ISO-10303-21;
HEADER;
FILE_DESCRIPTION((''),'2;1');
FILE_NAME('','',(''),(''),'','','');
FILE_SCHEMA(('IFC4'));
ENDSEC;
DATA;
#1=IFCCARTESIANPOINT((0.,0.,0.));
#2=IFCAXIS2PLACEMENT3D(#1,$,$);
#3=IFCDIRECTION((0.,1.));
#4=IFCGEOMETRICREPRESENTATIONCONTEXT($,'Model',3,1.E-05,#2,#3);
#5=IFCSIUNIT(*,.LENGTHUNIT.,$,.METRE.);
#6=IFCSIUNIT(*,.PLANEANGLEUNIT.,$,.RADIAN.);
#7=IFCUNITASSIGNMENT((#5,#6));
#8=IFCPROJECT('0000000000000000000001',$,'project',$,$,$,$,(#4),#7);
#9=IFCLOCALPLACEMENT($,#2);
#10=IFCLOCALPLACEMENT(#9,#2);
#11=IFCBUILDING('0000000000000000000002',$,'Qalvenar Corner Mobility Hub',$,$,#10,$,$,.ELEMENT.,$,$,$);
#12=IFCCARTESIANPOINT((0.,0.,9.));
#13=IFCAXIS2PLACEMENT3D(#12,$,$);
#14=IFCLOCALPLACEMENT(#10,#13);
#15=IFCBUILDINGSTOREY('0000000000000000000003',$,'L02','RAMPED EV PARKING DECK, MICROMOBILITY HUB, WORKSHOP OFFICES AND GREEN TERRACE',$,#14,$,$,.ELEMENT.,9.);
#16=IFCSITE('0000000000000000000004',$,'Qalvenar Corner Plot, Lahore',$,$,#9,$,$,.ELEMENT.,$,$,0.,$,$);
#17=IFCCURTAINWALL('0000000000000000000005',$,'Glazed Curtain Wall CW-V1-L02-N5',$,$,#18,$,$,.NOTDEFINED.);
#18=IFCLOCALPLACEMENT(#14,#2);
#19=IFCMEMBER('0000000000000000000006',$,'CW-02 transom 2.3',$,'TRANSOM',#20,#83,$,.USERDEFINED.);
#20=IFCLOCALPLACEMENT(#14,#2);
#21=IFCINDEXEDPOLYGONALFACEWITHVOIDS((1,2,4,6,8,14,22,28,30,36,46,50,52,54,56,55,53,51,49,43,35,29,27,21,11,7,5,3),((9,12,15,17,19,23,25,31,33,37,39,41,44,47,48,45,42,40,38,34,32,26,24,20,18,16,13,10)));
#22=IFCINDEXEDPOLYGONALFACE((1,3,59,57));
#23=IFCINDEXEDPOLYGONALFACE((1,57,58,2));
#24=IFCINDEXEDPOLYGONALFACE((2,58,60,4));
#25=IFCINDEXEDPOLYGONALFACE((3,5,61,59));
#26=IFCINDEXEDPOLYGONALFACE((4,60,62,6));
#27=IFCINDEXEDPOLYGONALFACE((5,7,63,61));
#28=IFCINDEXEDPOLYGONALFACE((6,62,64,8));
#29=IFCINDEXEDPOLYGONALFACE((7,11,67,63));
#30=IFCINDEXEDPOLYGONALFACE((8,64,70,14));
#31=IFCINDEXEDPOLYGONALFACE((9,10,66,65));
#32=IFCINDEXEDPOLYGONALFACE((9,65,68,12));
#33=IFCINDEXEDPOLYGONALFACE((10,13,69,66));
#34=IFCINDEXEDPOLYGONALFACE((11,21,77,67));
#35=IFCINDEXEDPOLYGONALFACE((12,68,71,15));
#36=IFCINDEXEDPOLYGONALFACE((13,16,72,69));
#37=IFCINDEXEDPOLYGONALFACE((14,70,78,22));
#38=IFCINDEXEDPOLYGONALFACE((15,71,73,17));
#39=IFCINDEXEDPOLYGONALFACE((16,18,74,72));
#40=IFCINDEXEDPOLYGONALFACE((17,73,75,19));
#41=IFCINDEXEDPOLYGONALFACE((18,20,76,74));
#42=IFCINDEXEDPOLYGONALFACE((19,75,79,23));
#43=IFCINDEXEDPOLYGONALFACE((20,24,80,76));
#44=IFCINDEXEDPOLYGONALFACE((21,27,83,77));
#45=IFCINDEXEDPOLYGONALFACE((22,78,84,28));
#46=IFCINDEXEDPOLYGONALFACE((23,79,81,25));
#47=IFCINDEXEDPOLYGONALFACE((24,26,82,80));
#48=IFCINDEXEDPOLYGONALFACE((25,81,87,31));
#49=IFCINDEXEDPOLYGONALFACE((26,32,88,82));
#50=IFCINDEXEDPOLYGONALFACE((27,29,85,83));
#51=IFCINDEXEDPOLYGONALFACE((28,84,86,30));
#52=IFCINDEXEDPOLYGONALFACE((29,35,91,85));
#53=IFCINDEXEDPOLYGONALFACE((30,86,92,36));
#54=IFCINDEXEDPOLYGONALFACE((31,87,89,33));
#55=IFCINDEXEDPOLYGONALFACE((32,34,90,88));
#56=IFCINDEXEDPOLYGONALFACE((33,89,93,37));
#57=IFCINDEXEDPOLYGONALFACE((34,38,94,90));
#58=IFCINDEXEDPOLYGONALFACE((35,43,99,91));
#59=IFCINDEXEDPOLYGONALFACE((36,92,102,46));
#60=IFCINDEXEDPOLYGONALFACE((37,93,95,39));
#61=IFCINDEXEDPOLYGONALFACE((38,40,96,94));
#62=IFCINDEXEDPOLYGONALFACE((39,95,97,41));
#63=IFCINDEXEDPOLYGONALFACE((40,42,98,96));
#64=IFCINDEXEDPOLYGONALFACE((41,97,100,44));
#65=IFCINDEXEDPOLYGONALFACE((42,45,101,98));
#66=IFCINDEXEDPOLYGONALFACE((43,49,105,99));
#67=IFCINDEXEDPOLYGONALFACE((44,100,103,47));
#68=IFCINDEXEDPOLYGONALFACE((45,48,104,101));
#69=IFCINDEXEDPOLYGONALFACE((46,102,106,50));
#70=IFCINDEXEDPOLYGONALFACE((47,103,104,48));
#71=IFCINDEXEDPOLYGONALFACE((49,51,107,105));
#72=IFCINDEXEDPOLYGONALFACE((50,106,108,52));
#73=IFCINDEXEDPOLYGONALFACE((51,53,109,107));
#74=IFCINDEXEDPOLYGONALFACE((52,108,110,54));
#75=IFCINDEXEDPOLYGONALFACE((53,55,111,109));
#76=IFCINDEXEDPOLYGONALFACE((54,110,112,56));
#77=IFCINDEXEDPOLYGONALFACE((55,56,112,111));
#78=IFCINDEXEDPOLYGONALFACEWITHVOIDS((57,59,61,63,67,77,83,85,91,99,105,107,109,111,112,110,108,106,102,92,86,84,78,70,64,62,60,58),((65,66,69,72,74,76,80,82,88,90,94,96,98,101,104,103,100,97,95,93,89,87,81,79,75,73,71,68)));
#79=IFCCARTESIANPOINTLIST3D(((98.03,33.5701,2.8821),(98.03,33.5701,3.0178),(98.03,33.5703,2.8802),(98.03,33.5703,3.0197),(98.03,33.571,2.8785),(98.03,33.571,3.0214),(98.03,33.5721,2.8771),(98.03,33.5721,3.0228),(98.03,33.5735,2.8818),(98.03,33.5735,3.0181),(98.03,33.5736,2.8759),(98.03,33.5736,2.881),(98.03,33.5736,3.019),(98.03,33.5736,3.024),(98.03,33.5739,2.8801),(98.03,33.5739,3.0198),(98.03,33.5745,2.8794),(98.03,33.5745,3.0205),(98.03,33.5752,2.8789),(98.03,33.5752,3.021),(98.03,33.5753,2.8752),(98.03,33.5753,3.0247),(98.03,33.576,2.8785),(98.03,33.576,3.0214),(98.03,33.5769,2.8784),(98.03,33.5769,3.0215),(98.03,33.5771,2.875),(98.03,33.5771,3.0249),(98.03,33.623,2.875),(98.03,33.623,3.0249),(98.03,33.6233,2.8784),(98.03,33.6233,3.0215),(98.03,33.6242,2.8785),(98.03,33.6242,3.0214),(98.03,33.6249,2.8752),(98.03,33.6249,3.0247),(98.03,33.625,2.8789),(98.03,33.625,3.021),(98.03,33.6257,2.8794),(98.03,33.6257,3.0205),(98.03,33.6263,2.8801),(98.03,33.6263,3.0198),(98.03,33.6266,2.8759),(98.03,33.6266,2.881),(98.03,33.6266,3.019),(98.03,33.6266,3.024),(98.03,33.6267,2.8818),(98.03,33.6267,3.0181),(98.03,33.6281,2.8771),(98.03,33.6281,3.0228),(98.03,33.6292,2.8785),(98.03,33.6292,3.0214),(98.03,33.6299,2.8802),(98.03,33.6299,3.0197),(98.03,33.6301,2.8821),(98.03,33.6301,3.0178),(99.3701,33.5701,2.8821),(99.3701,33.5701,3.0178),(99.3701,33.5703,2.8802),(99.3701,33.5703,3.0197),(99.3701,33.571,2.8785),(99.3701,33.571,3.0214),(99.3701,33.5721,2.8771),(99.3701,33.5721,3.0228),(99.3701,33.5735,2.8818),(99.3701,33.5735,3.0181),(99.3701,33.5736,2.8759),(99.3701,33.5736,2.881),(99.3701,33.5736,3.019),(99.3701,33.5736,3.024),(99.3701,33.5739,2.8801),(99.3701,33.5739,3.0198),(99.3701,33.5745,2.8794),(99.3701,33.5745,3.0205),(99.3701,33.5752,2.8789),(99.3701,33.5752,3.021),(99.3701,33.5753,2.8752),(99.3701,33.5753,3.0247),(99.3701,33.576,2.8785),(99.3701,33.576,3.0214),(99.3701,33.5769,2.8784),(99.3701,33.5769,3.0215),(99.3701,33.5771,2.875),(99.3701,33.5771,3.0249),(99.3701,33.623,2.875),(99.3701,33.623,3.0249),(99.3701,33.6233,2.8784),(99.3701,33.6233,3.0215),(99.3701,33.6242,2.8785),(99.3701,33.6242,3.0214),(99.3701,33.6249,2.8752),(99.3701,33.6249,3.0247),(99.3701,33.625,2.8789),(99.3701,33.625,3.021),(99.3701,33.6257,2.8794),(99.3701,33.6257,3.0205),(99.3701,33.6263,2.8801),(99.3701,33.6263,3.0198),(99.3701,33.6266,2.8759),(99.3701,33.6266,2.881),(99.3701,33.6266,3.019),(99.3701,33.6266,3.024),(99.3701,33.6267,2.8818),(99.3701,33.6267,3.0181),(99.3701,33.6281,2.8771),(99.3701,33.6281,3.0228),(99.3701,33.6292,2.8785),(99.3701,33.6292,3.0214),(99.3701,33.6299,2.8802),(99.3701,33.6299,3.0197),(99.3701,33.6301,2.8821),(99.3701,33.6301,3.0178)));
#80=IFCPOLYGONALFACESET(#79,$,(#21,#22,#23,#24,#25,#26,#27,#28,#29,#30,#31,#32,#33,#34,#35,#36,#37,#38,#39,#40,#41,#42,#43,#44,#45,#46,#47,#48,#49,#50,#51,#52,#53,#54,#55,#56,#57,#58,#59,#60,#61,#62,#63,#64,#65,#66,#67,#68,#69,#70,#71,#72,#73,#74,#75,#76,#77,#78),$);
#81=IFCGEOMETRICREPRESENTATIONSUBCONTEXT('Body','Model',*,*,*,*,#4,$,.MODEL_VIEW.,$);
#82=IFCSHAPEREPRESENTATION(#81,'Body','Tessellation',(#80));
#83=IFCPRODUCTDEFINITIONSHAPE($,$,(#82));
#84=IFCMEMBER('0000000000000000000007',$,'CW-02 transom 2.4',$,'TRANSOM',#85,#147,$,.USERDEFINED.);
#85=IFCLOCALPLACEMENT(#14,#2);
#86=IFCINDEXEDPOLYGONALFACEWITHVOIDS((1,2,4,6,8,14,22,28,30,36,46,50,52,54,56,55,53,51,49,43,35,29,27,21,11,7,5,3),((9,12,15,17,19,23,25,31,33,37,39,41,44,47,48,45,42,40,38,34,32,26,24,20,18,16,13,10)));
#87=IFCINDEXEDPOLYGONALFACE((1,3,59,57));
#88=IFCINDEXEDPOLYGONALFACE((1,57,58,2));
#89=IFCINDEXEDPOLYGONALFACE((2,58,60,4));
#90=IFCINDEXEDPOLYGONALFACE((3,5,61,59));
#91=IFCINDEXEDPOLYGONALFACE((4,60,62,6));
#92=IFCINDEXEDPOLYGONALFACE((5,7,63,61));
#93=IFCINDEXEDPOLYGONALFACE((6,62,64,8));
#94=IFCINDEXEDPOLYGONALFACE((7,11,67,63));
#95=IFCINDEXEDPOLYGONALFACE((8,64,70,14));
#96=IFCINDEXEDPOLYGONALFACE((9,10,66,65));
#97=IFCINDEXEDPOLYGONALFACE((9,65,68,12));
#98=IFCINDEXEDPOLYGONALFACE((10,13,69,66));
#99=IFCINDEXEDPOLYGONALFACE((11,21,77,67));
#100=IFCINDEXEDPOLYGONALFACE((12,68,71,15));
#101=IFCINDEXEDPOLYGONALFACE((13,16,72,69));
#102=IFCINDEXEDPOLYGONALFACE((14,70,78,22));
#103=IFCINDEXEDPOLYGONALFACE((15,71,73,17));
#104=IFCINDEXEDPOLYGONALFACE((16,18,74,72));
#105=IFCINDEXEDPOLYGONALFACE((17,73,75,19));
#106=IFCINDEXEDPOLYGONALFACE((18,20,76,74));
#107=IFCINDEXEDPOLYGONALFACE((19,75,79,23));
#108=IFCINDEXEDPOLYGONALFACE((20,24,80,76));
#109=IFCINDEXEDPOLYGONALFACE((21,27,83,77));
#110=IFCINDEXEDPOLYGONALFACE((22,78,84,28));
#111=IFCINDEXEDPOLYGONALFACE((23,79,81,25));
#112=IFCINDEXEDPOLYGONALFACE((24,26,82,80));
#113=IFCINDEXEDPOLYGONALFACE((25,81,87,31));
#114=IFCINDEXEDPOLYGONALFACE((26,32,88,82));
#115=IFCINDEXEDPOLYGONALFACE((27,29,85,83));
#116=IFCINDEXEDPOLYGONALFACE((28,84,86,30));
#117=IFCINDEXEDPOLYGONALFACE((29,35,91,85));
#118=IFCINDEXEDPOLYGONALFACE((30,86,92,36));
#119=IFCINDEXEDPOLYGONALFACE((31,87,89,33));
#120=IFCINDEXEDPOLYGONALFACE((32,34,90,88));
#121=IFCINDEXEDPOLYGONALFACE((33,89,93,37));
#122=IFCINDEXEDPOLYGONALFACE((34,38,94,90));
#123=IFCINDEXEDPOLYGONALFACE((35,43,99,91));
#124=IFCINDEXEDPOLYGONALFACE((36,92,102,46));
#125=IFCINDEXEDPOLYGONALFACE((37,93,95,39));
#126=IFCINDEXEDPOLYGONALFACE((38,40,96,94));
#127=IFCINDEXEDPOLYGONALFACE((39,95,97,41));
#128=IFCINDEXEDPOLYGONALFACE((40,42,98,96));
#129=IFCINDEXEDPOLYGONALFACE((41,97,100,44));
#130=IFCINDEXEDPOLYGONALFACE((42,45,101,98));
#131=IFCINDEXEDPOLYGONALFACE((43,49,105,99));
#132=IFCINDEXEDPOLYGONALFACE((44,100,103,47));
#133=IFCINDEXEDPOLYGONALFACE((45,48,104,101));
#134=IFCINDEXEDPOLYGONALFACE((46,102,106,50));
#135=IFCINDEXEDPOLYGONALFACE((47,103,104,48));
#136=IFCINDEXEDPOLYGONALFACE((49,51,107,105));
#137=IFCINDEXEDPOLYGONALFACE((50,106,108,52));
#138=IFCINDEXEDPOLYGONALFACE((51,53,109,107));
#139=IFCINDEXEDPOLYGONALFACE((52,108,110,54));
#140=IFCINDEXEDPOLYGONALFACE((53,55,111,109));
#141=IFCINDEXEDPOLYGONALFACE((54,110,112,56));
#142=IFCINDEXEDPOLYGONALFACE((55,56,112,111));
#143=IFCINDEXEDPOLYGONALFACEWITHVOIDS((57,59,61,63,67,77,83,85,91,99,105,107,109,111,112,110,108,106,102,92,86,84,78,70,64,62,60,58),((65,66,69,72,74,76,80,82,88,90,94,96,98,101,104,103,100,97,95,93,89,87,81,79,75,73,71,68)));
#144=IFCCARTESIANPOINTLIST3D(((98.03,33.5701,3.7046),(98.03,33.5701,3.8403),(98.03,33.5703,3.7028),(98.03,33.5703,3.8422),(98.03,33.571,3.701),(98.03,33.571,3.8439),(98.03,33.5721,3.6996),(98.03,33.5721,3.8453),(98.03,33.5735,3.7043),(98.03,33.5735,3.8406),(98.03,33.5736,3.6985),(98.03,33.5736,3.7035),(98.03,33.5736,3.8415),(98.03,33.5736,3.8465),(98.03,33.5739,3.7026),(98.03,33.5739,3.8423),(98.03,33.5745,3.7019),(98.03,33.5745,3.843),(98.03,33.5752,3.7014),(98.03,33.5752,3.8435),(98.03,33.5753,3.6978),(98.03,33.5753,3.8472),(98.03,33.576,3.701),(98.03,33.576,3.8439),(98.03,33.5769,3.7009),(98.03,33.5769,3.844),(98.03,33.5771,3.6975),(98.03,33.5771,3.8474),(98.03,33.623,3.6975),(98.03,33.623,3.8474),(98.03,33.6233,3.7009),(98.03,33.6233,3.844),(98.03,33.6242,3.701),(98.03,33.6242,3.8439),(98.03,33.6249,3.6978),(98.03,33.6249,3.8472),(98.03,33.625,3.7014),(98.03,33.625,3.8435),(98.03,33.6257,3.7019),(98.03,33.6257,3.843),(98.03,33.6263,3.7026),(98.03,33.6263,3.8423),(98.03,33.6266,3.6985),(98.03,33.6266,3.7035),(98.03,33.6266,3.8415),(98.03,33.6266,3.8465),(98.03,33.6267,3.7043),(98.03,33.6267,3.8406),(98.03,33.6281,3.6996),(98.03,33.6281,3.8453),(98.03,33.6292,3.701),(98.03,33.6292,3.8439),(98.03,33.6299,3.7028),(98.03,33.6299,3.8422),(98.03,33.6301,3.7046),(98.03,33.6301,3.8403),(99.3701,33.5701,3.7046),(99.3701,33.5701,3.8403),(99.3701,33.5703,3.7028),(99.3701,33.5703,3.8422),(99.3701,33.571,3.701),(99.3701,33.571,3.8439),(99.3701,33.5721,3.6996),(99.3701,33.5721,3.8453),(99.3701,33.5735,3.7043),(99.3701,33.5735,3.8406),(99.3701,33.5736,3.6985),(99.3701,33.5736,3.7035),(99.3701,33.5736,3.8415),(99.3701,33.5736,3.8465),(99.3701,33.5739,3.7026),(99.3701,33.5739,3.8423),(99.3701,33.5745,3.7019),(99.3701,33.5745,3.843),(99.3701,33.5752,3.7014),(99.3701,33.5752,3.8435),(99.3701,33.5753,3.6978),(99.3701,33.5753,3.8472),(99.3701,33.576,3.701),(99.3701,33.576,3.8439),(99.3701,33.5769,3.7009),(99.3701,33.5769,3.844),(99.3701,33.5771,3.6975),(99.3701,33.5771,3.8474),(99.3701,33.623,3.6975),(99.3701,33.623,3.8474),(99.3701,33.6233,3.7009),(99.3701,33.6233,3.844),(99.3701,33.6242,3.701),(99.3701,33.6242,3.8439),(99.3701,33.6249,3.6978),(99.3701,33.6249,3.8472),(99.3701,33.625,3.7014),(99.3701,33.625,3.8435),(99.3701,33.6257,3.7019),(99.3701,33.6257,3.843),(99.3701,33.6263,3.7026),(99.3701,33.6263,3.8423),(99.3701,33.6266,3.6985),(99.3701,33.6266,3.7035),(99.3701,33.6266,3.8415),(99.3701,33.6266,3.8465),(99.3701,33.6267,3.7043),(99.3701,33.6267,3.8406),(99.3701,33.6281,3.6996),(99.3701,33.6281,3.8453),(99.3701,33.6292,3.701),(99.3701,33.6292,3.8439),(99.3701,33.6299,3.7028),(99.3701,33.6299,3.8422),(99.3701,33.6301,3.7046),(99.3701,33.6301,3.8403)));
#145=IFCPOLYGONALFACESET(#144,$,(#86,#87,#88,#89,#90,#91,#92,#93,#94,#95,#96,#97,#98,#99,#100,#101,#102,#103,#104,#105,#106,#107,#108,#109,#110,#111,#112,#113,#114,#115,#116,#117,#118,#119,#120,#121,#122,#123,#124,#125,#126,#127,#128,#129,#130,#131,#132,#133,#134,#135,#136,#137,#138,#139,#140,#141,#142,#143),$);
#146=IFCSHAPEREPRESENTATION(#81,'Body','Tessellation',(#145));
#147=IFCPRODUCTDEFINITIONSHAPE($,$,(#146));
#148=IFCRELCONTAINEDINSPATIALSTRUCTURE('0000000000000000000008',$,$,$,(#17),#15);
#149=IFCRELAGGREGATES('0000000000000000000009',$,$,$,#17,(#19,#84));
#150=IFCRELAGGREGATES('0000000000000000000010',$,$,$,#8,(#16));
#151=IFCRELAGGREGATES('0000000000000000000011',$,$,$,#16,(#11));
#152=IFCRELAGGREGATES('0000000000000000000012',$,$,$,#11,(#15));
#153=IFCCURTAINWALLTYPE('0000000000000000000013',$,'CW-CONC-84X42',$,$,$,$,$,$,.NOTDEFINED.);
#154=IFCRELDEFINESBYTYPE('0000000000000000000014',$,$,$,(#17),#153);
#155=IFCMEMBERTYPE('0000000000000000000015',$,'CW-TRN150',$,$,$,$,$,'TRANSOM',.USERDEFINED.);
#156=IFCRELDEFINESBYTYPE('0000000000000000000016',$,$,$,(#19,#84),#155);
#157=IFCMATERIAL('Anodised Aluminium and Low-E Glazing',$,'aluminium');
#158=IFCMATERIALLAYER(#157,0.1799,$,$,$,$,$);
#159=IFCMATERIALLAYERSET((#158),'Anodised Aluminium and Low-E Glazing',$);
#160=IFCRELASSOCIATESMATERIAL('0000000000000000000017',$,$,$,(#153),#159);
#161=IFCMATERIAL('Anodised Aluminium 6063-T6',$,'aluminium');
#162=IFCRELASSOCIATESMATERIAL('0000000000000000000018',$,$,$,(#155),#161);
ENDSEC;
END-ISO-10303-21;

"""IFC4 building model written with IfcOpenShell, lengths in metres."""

from ifc_helpers import new_model, si_unit, direction, frame, origin, origin_2d, place, context, subcontext, project, spatial, hollow_rectangle, extrude, material, layer, layer_set, material_profile, profile_set, type_object, element, aggregate, save


model = new_model("IFC4")

# Units and contexts
model_context = context("Model", 3, precision=1e-05, world=origin(), true_north=direction((0.0, 1.0)))
body_context = subcontext(model_context, "Body", "Model", "MODEL_VIEW")
ifc_project = project(units=[si_unit("LENGTHUNIT", "METRE"), si_unit("PLANEANGLEUNIT", "RADIAN")], contexts=[model_context])

# Site, building, storey
site_placement = place(None, origin())
site = spatial("IfcSite", under=ifc_project, at=site_placement, Name="Qalvenar Corner Plot, Lahore", CompositionType="ELEMENT", RefElevation=0.0)
building_placement = place(site_placement, origin())
building = spatial("IfcBuilding", under=site, at=building_placement, Name="Qalvenar Corner Mobility Hub", CompositionType="ELEMENT")
storey_placement = place(building_placement, frame((0.0, 0.0, 9.0)))
storey = spatial("IfcBuildingStorey", under=building, at=storey_placement, Name="L02", Description="RAMPED EV PARKING DECK, MICROMOBILITY HUB, WORKSHOP OFFICES AND GREEN TERRACE", CompositionType="ELEMENT", Elevation=9.0)

# Curtain wall
ifc_material_1 = material(Name="Anodised Aluminium and Low-E Glazing", Category="aluminium")
ifc_layer_1 = layer(ifc_material_1, 0.1799)
ifc_layer_set_1 = layer_set([ifc_layer_1], Name="Anodised Aluminium and Low-E Glazing")
curtain_wall_type = type_object("IfcCurtainWallType", Name="CW-CONC-84X42", PredefinedType="NOTDEFINED", material=ifc_layer_set_1)
curtain_wall_1_placement = place(storey_placement, origin())
curtain_wall_1 = element("IfcCurtainWall", 1, at=curtain_wall_1_placement, inside=storey, type_object=curtain_wall_type, Name="Glazed Curtain Wall CW-V1-L02-N5", PredefinedType="NOTDEFINED")
ifc_material_2 = material(Name="Anodised Aluminium 6063-T6", Category="aluminium")

# Members
ifc_material_profile_1 = material_profile(ifc_material_2, hollow_rectangle(XDim=0.0601, YDim=0.1499, WallThickness=0.0034, InnerFilletRadius=0.0034, OuterFilletRadius=0.0071, at=origin_2d()), Name="RHS150x60x3.5")
ifc_profile_set_1 = profile_set([ifc_material_profile_1], Name="Anodised Aluminium 6063-T6")
member_type_1 = type_object("IfcMemberType", Name="CW-TRN150", ElementType="TRANSOM", PredefinedType="USERDEFINED", material=ifc_profile_set_1)
member_1_placement = place(storey_placement, frame((99.3701, 33.6001, 2.95), z_axis=(-1.0, 0.0, 0.0), x_axis=(0.0, -1.0, 0.0)))
member_1 = element("IfcMember", 2, at=member_1_placement, type_object=member_type_1, Name="CW-02 transom 2.3", ObjectType="TRANSOM", PredefinedType="USERDEFINED", context=body_context, shape_type="SweptSolid", body=[
    extrude(hollow_rectangle(XDim=0.0601, YDim=0.1499, WallThickness=0.0034, InnerFilletRadius=0.0034, OuterFilletRadius=0.0071, at=origin_2d()), origin(), (0.0, 0.0, 1.0), 1.3401),
])
member_2_placement = place(storey_placement, frame((99.3701, 33.6001, 3.7725), z_axis=(-1.0, 0.0, 0.0), x_axis=(0.0, -1.0, 0.0)))
member_2 = element("IfcMember", 3, at=member_2_placement, type_object=member_type_1, Name="CW-02 transom 2.4", ObjectType="TRANSOM", PredefinedType="USERDEFINED", context=body_context, shape_type="SweptSolid", body=[
    extrude(hollow_rectangle(XDim=0.0601, YDim=0.1499, WallThickness=0.0034, InnerFilletRadius=0.0034, OuterFilletRadius=0.0071, at=origin_2d()), origin(), (0.0, 0.0, 1.0), 1.3401),
])

aggregate(curtain_wall_1, [member_1, member_2])

save(model, "model.ifc")
